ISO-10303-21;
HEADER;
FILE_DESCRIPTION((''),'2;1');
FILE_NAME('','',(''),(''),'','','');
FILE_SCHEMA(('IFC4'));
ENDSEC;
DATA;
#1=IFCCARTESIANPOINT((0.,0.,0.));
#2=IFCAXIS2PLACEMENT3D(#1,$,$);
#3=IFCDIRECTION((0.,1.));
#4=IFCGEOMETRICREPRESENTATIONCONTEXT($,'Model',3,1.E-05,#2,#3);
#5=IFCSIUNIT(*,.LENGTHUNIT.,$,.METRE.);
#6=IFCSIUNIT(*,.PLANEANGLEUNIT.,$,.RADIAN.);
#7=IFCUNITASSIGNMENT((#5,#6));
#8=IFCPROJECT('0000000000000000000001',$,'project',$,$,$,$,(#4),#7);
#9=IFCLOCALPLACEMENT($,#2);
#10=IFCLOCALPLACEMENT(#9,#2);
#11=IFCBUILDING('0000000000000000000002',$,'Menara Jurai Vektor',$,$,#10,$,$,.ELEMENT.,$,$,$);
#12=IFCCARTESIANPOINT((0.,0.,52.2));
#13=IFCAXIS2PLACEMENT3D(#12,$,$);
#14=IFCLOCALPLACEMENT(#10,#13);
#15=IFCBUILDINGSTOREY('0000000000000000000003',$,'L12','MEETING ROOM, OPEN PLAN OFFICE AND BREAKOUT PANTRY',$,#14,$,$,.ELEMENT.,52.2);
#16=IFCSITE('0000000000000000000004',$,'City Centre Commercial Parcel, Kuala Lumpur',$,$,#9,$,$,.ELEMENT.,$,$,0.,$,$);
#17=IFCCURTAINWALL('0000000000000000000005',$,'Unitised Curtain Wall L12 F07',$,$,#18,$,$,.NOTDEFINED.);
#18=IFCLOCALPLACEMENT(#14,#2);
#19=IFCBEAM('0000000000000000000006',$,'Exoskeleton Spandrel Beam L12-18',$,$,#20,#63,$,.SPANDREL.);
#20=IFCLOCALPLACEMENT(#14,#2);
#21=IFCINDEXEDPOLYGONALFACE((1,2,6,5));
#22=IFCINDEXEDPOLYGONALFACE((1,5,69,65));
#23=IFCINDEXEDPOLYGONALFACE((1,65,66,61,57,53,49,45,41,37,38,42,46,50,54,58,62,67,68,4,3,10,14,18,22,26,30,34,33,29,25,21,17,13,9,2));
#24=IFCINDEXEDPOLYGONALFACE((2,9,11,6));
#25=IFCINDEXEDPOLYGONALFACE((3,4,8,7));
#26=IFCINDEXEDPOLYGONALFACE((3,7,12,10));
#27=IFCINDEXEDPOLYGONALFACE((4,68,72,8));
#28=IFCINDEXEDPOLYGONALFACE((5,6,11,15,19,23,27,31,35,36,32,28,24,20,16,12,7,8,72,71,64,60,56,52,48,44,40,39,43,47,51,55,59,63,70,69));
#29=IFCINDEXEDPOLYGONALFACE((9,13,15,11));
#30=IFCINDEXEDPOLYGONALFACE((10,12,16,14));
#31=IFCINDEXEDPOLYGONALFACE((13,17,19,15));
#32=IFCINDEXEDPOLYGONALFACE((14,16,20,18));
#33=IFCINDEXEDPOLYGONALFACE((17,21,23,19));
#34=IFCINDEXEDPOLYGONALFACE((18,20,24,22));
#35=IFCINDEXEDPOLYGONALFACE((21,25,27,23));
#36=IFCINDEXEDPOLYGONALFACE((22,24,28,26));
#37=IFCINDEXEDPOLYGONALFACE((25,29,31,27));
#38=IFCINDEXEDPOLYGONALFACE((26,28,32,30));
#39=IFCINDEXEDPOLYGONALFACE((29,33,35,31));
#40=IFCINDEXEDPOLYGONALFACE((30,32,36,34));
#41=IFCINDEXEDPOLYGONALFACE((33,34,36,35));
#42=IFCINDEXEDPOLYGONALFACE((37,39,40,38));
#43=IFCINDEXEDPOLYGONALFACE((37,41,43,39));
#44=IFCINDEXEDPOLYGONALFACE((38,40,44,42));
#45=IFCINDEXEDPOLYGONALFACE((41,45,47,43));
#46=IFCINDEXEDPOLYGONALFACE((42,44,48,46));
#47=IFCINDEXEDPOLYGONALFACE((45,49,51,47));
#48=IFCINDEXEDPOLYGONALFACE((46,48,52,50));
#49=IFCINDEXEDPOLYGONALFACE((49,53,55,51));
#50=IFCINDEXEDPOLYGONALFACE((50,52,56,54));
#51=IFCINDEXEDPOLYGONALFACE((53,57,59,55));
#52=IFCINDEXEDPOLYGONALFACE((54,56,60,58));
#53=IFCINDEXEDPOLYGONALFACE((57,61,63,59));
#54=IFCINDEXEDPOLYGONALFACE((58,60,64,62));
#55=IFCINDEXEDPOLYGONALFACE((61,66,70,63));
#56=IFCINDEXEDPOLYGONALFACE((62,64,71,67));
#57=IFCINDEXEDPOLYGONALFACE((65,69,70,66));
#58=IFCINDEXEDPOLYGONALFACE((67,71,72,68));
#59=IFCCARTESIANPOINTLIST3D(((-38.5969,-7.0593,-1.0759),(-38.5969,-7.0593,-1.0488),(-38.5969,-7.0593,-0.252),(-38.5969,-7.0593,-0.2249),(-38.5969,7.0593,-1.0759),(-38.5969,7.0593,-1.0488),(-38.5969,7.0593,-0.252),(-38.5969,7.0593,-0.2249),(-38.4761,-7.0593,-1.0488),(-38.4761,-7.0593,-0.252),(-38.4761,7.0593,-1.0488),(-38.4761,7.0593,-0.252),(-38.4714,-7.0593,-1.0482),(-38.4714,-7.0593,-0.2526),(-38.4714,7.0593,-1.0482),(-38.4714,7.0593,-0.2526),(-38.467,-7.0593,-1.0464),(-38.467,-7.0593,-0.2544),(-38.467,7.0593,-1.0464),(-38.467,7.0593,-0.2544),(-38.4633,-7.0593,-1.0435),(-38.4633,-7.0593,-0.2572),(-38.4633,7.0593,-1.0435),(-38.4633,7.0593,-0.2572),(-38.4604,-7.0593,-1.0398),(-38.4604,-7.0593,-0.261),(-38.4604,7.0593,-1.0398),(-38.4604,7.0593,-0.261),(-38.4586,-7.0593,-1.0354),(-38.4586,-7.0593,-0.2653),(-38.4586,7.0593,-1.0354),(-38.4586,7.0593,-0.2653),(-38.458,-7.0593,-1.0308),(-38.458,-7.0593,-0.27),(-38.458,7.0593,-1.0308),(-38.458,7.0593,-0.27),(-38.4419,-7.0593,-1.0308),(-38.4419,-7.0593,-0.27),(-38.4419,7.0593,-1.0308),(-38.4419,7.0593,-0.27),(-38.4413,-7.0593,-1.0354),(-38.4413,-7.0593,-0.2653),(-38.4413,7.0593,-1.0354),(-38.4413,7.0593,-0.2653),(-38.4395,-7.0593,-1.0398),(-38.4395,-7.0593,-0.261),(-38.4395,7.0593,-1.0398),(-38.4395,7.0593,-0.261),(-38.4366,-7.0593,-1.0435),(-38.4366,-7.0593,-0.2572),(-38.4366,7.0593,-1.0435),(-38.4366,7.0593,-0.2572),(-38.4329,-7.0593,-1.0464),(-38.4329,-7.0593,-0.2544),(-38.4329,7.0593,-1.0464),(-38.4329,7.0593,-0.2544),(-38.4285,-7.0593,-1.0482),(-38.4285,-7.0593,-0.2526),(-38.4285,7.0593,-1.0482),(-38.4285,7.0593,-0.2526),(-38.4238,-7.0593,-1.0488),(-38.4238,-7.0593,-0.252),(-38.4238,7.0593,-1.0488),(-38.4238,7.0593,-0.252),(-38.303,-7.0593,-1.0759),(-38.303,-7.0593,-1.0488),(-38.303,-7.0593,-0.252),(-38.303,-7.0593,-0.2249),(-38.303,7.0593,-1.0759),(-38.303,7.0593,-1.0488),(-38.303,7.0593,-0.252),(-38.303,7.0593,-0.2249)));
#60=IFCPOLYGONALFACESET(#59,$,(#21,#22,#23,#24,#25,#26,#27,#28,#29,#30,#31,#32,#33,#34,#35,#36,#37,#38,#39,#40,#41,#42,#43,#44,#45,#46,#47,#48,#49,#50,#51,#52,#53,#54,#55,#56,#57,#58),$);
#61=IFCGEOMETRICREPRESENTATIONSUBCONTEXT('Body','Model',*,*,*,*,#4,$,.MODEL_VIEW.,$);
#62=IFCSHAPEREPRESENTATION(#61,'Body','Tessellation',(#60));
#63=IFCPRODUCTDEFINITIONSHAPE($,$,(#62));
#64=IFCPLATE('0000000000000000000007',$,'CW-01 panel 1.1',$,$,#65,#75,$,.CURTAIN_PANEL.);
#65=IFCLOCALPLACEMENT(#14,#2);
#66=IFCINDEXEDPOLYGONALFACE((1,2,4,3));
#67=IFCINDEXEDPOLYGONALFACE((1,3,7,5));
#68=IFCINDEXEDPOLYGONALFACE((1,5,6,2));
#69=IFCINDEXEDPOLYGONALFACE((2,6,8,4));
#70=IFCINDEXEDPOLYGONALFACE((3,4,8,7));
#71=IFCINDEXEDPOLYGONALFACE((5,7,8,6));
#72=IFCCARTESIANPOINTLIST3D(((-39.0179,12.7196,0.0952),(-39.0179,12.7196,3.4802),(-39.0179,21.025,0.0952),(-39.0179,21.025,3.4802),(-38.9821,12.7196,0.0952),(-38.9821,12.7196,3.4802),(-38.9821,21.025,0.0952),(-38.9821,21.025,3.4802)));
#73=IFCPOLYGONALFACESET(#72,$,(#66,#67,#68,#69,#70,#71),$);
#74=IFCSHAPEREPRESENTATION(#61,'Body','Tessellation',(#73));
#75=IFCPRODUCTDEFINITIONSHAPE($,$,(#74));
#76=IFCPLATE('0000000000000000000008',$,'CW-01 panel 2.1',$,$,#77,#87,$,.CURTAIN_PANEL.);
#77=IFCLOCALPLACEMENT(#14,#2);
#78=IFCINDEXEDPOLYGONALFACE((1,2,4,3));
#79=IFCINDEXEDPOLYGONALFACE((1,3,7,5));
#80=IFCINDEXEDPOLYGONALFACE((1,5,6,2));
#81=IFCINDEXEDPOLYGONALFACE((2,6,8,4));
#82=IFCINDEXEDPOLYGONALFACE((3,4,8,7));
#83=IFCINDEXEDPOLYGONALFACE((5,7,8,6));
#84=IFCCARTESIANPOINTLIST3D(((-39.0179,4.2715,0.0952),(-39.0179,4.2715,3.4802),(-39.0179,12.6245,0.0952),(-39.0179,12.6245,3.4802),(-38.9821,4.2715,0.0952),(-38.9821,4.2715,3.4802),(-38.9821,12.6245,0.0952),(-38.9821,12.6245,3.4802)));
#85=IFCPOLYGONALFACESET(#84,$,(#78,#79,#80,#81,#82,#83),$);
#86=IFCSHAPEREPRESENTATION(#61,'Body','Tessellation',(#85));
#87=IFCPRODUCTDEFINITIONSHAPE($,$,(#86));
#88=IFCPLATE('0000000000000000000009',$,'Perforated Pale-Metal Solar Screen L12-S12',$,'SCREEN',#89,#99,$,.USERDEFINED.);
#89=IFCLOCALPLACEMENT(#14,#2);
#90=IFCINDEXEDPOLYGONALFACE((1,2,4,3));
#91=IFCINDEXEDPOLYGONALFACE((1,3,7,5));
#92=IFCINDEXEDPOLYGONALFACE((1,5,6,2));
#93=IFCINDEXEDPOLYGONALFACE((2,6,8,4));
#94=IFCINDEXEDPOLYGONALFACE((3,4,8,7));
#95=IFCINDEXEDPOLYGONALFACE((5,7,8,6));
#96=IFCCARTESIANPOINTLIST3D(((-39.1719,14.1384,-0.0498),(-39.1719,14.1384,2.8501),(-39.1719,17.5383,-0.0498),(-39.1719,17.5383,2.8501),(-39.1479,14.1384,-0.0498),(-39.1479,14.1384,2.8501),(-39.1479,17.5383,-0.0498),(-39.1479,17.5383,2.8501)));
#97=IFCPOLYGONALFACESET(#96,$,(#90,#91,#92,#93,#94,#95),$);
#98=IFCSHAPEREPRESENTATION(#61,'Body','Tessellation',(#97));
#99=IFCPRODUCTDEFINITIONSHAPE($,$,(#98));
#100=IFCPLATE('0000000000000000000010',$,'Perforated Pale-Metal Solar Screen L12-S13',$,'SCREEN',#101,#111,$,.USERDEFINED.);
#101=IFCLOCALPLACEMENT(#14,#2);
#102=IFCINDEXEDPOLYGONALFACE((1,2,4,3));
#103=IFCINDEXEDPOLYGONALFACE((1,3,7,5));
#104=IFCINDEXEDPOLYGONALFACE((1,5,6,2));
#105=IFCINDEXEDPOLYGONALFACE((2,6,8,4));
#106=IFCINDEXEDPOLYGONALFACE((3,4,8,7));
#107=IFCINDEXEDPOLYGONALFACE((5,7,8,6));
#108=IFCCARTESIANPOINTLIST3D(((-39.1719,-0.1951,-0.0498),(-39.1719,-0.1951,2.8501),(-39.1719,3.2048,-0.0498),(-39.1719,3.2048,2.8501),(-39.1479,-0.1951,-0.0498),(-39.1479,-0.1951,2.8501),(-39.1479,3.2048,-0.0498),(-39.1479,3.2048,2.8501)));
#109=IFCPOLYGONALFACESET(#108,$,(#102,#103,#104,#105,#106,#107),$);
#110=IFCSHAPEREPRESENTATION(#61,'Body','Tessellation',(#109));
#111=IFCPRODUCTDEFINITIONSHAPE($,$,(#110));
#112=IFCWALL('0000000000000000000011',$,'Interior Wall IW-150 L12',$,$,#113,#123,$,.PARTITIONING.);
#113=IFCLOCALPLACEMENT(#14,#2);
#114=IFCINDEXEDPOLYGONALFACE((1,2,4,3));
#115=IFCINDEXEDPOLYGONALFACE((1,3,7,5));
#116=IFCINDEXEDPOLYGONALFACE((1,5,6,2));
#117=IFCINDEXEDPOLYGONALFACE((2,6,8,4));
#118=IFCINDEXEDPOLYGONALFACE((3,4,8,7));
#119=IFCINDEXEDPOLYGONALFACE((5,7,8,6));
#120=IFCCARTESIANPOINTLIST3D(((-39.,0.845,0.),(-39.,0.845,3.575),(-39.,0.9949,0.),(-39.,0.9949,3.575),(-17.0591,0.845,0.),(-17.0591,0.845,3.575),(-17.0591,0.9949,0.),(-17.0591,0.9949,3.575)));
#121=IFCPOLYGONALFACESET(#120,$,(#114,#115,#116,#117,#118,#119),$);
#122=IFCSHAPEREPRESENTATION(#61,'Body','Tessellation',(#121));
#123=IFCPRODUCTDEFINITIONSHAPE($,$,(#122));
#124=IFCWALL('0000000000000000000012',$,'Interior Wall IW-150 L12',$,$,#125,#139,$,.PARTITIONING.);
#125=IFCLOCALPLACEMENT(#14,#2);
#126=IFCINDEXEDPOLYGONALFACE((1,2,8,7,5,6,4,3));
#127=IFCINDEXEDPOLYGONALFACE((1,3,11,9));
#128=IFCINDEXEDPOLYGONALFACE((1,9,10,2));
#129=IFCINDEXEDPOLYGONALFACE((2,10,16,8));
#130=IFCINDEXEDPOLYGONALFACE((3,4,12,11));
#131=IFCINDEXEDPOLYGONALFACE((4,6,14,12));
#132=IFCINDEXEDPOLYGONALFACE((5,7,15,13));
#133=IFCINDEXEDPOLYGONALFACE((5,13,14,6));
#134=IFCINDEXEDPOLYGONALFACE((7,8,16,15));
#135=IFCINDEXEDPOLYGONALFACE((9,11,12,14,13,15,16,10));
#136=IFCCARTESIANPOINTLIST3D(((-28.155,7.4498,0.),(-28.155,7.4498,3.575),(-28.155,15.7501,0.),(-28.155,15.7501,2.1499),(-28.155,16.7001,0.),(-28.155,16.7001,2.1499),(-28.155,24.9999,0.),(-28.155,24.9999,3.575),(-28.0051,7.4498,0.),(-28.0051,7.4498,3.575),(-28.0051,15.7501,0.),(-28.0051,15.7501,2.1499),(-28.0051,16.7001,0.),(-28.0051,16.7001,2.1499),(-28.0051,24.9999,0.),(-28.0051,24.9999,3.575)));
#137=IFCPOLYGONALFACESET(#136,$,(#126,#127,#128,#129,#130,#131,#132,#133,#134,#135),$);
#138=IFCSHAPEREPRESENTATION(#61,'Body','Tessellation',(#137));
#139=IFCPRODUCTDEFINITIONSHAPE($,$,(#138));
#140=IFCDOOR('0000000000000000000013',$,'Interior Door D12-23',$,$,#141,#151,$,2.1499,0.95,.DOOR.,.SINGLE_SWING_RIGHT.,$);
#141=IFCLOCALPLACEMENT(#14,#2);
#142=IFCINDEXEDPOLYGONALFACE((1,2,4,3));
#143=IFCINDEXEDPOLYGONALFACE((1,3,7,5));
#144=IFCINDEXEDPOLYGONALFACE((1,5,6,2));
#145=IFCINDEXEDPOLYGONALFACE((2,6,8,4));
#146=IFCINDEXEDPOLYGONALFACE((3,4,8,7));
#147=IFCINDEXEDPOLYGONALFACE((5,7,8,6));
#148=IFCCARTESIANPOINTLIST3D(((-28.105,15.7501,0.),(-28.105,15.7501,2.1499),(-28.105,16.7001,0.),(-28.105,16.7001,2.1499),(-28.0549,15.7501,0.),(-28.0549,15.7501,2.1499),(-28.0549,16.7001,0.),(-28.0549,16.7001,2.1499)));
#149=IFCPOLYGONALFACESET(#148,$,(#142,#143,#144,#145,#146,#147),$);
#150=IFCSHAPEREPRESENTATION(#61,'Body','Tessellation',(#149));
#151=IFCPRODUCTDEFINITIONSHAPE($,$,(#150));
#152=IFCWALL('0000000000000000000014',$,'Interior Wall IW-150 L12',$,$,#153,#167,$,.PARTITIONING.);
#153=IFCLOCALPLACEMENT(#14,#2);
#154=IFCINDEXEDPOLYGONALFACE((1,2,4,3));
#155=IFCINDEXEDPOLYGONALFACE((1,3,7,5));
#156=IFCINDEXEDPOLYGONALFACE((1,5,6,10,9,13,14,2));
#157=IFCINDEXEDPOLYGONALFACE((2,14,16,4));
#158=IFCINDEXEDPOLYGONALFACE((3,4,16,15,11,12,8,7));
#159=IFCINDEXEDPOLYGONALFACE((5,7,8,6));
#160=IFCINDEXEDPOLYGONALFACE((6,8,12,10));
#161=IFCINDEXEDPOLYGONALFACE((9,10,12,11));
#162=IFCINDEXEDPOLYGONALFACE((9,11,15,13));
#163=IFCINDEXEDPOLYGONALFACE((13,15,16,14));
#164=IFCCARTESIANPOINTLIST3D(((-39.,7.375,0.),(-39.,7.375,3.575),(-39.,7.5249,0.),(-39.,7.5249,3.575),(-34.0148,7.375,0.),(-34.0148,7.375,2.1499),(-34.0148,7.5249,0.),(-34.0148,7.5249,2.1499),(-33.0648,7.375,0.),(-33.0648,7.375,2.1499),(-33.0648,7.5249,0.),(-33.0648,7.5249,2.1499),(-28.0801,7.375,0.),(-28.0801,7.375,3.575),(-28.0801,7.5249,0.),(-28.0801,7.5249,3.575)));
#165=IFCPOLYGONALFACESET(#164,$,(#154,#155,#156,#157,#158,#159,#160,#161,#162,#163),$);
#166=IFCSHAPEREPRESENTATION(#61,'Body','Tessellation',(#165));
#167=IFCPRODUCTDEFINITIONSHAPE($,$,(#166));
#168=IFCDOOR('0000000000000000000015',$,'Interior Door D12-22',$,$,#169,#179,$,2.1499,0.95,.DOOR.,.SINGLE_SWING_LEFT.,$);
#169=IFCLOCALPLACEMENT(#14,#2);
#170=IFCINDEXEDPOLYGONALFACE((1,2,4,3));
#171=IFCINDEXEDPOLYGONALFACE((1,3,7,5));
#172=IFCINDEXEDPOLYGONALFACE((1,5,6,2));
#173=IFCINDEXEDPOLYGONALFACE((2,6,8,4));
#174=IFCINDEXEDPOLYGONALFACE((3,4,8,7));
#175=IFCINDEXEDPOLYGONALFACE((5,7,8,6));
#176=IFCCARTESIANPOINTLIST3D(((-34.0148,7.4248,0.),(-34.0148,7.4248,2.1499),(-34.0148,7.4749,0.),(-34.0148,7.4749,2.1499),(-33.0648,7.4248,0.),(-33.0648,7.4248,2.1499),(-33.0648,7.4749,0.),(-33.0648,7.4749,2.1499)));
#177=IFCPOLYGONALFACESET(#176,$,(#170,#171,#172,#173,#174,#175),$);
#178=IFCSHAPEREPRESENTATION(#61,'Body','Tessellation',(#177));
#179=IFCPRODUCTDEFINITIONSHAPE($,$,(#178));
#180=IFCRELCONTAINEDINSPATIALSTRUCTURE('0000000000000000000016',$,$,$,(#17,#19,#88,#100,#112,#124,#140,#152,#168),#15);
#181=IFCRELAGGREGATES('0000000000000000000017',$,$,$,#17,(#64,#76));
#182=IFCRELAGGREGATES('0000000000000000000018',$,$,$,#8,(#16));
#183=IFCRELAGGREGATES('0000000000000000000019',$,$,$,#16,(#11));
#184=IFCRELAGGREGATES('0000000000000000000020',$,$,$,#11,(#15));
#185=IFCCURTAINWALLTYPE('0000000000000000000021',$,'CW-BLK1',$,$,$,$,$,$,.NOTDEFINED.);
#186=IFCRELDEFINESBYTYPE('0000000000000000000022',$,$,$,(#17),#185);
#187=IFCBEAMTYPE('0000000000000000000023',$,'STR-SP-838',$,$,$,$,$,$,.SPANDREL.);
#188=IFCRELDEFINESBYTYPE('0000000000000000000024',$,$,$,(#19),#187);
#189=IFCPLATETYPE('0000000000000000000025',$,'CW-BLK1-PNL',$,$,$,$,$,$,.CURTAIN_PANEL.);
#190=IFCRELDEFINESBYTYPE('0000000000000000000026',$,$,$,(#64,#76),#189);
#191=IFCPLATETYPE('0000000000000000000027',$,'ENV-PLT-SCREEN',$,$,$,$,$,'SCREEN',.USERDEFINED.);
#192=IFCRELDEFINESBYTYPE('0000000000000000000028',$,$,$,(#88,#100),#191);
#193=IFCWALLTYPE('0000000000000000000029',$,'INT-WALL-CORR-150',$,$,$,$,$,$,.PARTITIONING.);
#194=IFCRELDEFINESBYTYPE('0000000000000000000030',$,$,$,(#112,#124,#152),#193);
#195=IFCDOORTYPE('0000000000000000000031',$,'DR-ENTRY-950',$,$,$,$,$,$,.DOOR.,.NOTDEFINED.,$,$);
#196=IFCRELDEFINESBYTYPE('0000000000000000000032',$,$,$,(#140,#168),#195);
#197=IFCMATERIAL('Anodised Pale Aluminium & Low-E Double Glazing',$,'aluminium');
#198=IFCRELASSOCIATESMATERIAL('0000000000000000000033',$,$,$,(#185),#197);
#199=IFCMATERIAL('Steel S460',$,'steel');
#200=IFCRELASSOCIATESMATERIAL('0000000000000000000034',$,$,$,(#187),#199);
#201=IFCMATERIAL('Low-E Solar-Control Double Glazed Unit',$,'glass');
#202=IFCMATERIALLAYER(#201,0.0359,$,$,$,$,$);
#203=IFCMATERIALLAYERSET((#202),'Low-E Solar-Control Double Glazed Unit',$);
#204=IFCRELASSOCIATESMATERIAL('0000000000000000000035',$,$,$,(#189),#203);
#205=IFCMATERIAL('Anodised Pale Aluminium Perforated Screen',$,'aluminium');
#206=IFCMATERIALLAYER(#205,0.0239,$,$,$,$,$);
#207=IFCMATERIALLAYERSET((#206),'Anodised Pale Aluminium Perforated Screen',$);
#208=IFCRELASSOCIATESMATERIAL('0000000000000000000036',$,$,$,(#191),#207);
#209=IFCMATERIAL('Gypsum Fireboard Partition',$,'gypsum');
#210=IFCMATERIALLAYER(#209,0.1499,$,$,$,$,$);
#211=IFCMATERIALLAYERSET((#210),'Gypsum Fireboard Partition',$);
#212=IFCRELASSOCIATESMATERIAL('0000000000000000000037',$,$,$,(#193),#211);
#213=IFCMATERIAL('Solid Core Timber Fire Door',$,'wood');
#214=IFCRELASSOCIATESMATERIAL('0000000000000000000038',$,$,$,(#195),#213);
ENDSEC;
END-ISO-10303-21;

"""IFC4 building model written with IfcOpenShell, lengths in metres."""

from ifc_helpers import new_model, si_unit, direction, frame, frame_2d, origin, origin_2d, place, context, subcontext, project, spatial, rectangle, i_section, extrude, material, layer, layer_set, material_profile, profile_set, type_object, element, fill, aggregate, save


model = new_model("IFC4")

# Units and contexts
model_context = context("Model", 3, precision=1e-05, world=origin(), true_north=direction((0.0, 1.0)))
body_context = subcontext(model_context, "Body", "Model", "MODEL_VIEW")
ifc_project = project(units=[si_unit("LENGTHUNIT", "METRE"), si_unit("PLANEANGLEUNIT", "RADIAN")], contexts=[model_context])

# Site, building, storey
site_placement = place(None, origin())
site = spatial("IfcSite", under=ifc_project, at=site_placement, Name="City Centre Commercial Parcel, Kuala Lumpur", CompositionType="ELEMENT", RefElevation=0.0)
building_placement = place(site_placement, origin())
building = spatial("IfcBuilding", under=site, at=building_placement, Name="Menara Jurai Vektor", CompositionType="ELEMENT")
storey_placement = place(building_placement, frame((0.0, 0.0, 52.2)))
storey = spatial("IfcBuildingStorey", under=building, at=storey_placement, Name="L12", Description="MEETING ROOM, OPEN PLAN OFFICE AND BREAKOUT PANTRY", CompositionType="ELEMENT", Elevation=52.2)

# Shared definitions
ifc_material_1 = material(Name="Steel S460", Category="steel")

# Curtain wall
ifc_material_2 = material(Name="Anodised Pale Aluminium & Low-E Double Glazing", Category="aluminium")
curtain_wall_type = type_object("IfcCurtainWallType", Name="CW-BLK1", PredefinedType="NOTDEFINED", material=ifc_material_2)
curtain_wall_placement = place(storey_placement, origin())
curtain_wall = element("IfcCurtainWall", 1, at=curtain_wall_placement, inside=storey, type_object=curtain_wall_type, Name="Unitised Curtain Wall L12 F07", PredefinedType="NOTDEFINED")

# Beam
ifc_material_profile_1 = material_profile(ifc_material_1, i_section(OverallWidth=0.2939, OverallDepth=0.8511, WebThickness=0.0161, FlangeThickness=0.0271, FilletRadius=0.0181, at=origin_2d()), Name="UKB 838x292x226")
ifc_profile_set_1 = profile_set([ifc_material_profile_1], Name="Steel S460")
beam_type_1 = type_object("IfcBeamType", Name="STR-SP-838", PredefinedType="SPANDREL", material=ifc_profile_set_1)
beam_1_placement = place(storey_placement, frame((-38.45, 7.0593, -0.6504), z_axis=(0.0, -1.0, 0.0), x_axis=(1.0, 0.0, 0.0)))
element("IfcBeam", 2, at=beam_1_placement, inside=storey, type_object=beam_type_1, Name="Exoskeleton Spandrel Beam L12-18", PredefinedType="SPANDREL", context=body_context, shape_type="SweptSolid", body=[
    extrude(i_section(OverallWidth=0.2939, OverallDepth=0.8511, WebThickness=0.0161, FlangeThickness=0.0271, FilletRadius=0.0181, at=origin_2d()), origin(), (0.0, 0.0, 1.0), 14.1187),
])

# Plates
ifc_material_3 = material(Name="Low-E Solar-Control Double Glazed Unit", Category="glass")
ifc_layer_1 = layer(ifc_material_3, 0.0359)
ifc_layer_set_1 = layer_set([ifc_layer_1], Name="Low-E Solar-Control Double Glazed Unit")
plate_type_1 = type_object("IfcPlateType", Name="CW-BLK1-PNL", PredefinedType="CURTAIN_PANEL", material=ifc_layer_set_1)
plate_1_placement = place(storey_placement, frame((-39.0, 16.8723, 0.0952), z_axis=(0.0, 0.0, 1.0), x_axis=(0.0, -1.0, 0.0)))
plate_1 = element("IfcPlate", 3, at=plate_1_placement, type_object=plate_type_1, Name="CW-01 panel 1.1", PredefinedType="CURTAIN_PANEL", context=body_context, shape_type="SweptSolid", body=[
    extrude(rectangle(XDim=8.3054, YDim=0.0359, at=origin_2d()), origin(), (0.0, 0.0, 1.0), 3.385),
])
plate_2_placement = place(storey_placement, frame((-39.0, 8.448, 0.0952), z_axis=(0.0, 0.0, 1.0), x_axis=(0.0, -1.0, 0.0)))
plate_2 = element("IfcPlate", 4, at=plate_2_placement, type_object=plate_type_1, Name="CW-01 panel 2.1", PredefinedType="CURTAIN_PANEL", context=body_context, shape_type="SweptSolid", body=[
    extrude(rectangle(XDim=8.353, YDim=0.0359, at=origin_2d()), origin(), (0.0, 0.0, 1.0), 3.385),
])
aggregate(curtain_wall, [plate_1, plate_2])

# Plates
ifc_material_4 = material(Name="Anodised Pale Aluminium Perforated Screen", Category="aluminium")
ifc_layer_2 = layer(ifc_material_4, 0.0239)
ifc_layer_set_2 = layer_set([ifc_layer_2], Name="Anodised Pale Aluminium Perforated Screen")
plate_type_2 = type_object("IfcPlateType", Name="ENV-PLT-SCREEN", ElementType="SCREEN", PredefinedType="USERDEFINED", material=ifc_layer_set_2)
for number, where, z_axis, x_axis, name in (
    (5, (-39.1599, 15.8384, -0.0498), (0.0, 0.0, 1.0), (0.0, -1.0, 0.0), "Perforated Pale-Metal Solar Screen L12-S12"),
    (6, (-39.1599, 1.5049, -0.0498), (0.0, 0.0, 1.0), (0.0, -1.0, 0.0), "Perforated Pale-Metal Solar Screen L12-S13"),
):
    element("IfcPlate", number, at=place(storey_placement, frame(where, z_axis=z_axis, x_axis=x_axis)), inside=storey, type_object=plate_type_2, Name=name, ObjectType="SCREEN", PredefinedType="USERDEFINED", context=body_context, shape_type="SweptSolid", body=[
        extrude(rectangle(XDim=3.3999, YDim=0.0239, at=origin_2d()), origin(), (0.0, 0.0, 1.0), 2.8999),
    ])

# Wall
ifc_material_5 = material(Name="Gypsum Fireboard Partition", Category="gypsum")
ifc_layer_3 = layer(ifc_material_5, 0.1499)
ifc_layer_set_3 = layer_set([ifc_layer_3], Name="Gypsum Fireboard Partition")
wall_type_1 = type_object("IfcWallType", Name="INT-WALL-CORR-150", PredefinedType="PARTITIONING", material=ifc_layer_set_3)
wall_1_placement = place(storey_placement, frame((-39.0, 0.9199, 0.0), z_axis=(0.0, 0.0, 1.0), x_axis=(1.0, 0.0, 0.0)))
element("IfcWall", 7, at=wall_1_placement, inside=storey, type_object=wall_type_1, Name="Interior Wall IW-150 L12", PredefinedType="PARTITIONING", context=body_context, shape_type="SweptSolid", body=[
    extrude(rectangle(XDim=21.9409, YDim=0.1499, at=frame_2d((10.9705, 0.0))), origin(), (0.0, 0.0, 1.0), 3.575),
])

# Walls, openings, doors
wall_2_placement = place(storey_placement, frame((-28.0801, 7.45, 0.0), z_axis=(0.0, 0.0, 1.0), x_axis=(0.0, 1.0, 0.0)))
wall_2 = element("IfcWall", 8, at=wall_2_placement, inside=storey, type_object=wall_type_1, Name="Interior Wall IW-150 L12", PredefinedType="PARTITIONING", context=body_context, shape_type="SweptSolid", body=[
    extrude(rectangle(XDim=17.55, YDim=0.1499, at=frame_2d((8.7749, 0.0))), origin(), (0.0, 0.0, 1.0), 3.575),
])
opening_1_placement = place(wall_2_placement, frame((8.3, 0.0, 0.0)))
opening_1 = element("IfcOpeningElement", 9, at=opening_1_placement, cuts=wall_2, PredefinedType="OPENING", context=body_context, shape_type="SweptSolid", body=[
    extrude(rectangle(XDim=0.95, YDim=2.1499, at=frame_2d((0.4751, 1.075))), frame((0.0, 0.085, 0.0), z_axis=(0.0, -1.0, 0.0), x_axis=(1.0, 0.0, 0.0)), (0.0, 0.0, 1.0), 0.1699),
])
ifc_material_6 = material(Name="Solid Core Timber Fire Door", Category="wood")
door_type = type_object("IfcDoorType", Name="DR-ENTRY-950", OperationType="NOTDEFINED", PredefinedType="DOOR", material=ifc_material_6)
door_1_placement = place(opening_1_placement, origin())
door_1 = element("IfcDoor", 10, at=door_1_placement, inside=storey, type_object=door_type, Name="Interior Door D12-23", OperationType="SINGLE_SWING_RIGHT", OverallHeight=2.1499, OverallWidth=0.95, PredefinedType="DOOR", context=body_context, shape_type="SweptSolid", body=[
    extrude(rectangle(XDim=0.95, YDim=2.1499, at=frame_2d((0.4751, 1.075))), frame((0.0, 0.0249, 0.0), z_axis=(0.0, -1.0, 0.0), x_axis=(1.0, 0.0, 0.0)), (0.0, 0.0, 1.0), 0.05),
])
fill(opening_1, door_1)
wall_3_placement = place(storey_placement, frame((-39.0, 7.45, 0.0), z_axis=(0.0, 0.0, 1.0), x_axis=(1.0, 0.0, 0.0)))
wall_3 = element("IfcWall", 11, at=wall_3_placement, inside=storey, type_object=wall_type_1, Name="Interior Wall IW-150 L12", PredefinedType="PARTITIONING", context=body_context, shape_type="SweptSolid", body=[
    extrude(rectangle(XDim=10.9199, YDim=0.1499, at=frame_2d((5.46, 0.0))), origin(), (0.0, 0.0, 1.0), 3.575),
])
opening_2_placement = place(wall_3_placement, frame((4.9851, 0.0, 0.0)))
opening_2 = element("IfcOpeningElement", 12, at=opening_2_placement, cuts=wall_3, PredefinedType="OPENING", context=body_context, shape_type="SweptSolid", body=[
    extrude(rectangle(XDim=0.95, YDim=2.1499, at=frame_2d((0.4751, 1.075))), frame((0.0, 0.085, 0.0), z_axis=(0.0, -1.0, 0.0), x_axis=(1.0, 0.0, 0.0)), (0.0, 0.0, 1.0), 0.1699),
])
door_2_placement = place(opening_2_placement, origin())
door_2 = element("IfcDoor", 13, at=door_2_placement, inside=storey, type_object=door_type, Name="Interior Door D12-22", OperationType="SINGLE_SWING_LEFT", OverallHeight=2.1499, OverallWidth=0.95, PredefinedType="DOOR", context=body_context, shape_type="SweptSolid", body=[
    extrude(rectangle(XDim=0.95, YDim=2.1499, at=frame_2d((0.4751, 1.075))), frame((0.0, 0.0249, 0.0), z_axis=(0.0, -1.0, 0.0), x_axis=(1.0, 0.0, 0.0)), (0.0, 0.0, 1.0), 0.05),
])
fill(opening_2, door_2)

save(model, "model.ifc")
